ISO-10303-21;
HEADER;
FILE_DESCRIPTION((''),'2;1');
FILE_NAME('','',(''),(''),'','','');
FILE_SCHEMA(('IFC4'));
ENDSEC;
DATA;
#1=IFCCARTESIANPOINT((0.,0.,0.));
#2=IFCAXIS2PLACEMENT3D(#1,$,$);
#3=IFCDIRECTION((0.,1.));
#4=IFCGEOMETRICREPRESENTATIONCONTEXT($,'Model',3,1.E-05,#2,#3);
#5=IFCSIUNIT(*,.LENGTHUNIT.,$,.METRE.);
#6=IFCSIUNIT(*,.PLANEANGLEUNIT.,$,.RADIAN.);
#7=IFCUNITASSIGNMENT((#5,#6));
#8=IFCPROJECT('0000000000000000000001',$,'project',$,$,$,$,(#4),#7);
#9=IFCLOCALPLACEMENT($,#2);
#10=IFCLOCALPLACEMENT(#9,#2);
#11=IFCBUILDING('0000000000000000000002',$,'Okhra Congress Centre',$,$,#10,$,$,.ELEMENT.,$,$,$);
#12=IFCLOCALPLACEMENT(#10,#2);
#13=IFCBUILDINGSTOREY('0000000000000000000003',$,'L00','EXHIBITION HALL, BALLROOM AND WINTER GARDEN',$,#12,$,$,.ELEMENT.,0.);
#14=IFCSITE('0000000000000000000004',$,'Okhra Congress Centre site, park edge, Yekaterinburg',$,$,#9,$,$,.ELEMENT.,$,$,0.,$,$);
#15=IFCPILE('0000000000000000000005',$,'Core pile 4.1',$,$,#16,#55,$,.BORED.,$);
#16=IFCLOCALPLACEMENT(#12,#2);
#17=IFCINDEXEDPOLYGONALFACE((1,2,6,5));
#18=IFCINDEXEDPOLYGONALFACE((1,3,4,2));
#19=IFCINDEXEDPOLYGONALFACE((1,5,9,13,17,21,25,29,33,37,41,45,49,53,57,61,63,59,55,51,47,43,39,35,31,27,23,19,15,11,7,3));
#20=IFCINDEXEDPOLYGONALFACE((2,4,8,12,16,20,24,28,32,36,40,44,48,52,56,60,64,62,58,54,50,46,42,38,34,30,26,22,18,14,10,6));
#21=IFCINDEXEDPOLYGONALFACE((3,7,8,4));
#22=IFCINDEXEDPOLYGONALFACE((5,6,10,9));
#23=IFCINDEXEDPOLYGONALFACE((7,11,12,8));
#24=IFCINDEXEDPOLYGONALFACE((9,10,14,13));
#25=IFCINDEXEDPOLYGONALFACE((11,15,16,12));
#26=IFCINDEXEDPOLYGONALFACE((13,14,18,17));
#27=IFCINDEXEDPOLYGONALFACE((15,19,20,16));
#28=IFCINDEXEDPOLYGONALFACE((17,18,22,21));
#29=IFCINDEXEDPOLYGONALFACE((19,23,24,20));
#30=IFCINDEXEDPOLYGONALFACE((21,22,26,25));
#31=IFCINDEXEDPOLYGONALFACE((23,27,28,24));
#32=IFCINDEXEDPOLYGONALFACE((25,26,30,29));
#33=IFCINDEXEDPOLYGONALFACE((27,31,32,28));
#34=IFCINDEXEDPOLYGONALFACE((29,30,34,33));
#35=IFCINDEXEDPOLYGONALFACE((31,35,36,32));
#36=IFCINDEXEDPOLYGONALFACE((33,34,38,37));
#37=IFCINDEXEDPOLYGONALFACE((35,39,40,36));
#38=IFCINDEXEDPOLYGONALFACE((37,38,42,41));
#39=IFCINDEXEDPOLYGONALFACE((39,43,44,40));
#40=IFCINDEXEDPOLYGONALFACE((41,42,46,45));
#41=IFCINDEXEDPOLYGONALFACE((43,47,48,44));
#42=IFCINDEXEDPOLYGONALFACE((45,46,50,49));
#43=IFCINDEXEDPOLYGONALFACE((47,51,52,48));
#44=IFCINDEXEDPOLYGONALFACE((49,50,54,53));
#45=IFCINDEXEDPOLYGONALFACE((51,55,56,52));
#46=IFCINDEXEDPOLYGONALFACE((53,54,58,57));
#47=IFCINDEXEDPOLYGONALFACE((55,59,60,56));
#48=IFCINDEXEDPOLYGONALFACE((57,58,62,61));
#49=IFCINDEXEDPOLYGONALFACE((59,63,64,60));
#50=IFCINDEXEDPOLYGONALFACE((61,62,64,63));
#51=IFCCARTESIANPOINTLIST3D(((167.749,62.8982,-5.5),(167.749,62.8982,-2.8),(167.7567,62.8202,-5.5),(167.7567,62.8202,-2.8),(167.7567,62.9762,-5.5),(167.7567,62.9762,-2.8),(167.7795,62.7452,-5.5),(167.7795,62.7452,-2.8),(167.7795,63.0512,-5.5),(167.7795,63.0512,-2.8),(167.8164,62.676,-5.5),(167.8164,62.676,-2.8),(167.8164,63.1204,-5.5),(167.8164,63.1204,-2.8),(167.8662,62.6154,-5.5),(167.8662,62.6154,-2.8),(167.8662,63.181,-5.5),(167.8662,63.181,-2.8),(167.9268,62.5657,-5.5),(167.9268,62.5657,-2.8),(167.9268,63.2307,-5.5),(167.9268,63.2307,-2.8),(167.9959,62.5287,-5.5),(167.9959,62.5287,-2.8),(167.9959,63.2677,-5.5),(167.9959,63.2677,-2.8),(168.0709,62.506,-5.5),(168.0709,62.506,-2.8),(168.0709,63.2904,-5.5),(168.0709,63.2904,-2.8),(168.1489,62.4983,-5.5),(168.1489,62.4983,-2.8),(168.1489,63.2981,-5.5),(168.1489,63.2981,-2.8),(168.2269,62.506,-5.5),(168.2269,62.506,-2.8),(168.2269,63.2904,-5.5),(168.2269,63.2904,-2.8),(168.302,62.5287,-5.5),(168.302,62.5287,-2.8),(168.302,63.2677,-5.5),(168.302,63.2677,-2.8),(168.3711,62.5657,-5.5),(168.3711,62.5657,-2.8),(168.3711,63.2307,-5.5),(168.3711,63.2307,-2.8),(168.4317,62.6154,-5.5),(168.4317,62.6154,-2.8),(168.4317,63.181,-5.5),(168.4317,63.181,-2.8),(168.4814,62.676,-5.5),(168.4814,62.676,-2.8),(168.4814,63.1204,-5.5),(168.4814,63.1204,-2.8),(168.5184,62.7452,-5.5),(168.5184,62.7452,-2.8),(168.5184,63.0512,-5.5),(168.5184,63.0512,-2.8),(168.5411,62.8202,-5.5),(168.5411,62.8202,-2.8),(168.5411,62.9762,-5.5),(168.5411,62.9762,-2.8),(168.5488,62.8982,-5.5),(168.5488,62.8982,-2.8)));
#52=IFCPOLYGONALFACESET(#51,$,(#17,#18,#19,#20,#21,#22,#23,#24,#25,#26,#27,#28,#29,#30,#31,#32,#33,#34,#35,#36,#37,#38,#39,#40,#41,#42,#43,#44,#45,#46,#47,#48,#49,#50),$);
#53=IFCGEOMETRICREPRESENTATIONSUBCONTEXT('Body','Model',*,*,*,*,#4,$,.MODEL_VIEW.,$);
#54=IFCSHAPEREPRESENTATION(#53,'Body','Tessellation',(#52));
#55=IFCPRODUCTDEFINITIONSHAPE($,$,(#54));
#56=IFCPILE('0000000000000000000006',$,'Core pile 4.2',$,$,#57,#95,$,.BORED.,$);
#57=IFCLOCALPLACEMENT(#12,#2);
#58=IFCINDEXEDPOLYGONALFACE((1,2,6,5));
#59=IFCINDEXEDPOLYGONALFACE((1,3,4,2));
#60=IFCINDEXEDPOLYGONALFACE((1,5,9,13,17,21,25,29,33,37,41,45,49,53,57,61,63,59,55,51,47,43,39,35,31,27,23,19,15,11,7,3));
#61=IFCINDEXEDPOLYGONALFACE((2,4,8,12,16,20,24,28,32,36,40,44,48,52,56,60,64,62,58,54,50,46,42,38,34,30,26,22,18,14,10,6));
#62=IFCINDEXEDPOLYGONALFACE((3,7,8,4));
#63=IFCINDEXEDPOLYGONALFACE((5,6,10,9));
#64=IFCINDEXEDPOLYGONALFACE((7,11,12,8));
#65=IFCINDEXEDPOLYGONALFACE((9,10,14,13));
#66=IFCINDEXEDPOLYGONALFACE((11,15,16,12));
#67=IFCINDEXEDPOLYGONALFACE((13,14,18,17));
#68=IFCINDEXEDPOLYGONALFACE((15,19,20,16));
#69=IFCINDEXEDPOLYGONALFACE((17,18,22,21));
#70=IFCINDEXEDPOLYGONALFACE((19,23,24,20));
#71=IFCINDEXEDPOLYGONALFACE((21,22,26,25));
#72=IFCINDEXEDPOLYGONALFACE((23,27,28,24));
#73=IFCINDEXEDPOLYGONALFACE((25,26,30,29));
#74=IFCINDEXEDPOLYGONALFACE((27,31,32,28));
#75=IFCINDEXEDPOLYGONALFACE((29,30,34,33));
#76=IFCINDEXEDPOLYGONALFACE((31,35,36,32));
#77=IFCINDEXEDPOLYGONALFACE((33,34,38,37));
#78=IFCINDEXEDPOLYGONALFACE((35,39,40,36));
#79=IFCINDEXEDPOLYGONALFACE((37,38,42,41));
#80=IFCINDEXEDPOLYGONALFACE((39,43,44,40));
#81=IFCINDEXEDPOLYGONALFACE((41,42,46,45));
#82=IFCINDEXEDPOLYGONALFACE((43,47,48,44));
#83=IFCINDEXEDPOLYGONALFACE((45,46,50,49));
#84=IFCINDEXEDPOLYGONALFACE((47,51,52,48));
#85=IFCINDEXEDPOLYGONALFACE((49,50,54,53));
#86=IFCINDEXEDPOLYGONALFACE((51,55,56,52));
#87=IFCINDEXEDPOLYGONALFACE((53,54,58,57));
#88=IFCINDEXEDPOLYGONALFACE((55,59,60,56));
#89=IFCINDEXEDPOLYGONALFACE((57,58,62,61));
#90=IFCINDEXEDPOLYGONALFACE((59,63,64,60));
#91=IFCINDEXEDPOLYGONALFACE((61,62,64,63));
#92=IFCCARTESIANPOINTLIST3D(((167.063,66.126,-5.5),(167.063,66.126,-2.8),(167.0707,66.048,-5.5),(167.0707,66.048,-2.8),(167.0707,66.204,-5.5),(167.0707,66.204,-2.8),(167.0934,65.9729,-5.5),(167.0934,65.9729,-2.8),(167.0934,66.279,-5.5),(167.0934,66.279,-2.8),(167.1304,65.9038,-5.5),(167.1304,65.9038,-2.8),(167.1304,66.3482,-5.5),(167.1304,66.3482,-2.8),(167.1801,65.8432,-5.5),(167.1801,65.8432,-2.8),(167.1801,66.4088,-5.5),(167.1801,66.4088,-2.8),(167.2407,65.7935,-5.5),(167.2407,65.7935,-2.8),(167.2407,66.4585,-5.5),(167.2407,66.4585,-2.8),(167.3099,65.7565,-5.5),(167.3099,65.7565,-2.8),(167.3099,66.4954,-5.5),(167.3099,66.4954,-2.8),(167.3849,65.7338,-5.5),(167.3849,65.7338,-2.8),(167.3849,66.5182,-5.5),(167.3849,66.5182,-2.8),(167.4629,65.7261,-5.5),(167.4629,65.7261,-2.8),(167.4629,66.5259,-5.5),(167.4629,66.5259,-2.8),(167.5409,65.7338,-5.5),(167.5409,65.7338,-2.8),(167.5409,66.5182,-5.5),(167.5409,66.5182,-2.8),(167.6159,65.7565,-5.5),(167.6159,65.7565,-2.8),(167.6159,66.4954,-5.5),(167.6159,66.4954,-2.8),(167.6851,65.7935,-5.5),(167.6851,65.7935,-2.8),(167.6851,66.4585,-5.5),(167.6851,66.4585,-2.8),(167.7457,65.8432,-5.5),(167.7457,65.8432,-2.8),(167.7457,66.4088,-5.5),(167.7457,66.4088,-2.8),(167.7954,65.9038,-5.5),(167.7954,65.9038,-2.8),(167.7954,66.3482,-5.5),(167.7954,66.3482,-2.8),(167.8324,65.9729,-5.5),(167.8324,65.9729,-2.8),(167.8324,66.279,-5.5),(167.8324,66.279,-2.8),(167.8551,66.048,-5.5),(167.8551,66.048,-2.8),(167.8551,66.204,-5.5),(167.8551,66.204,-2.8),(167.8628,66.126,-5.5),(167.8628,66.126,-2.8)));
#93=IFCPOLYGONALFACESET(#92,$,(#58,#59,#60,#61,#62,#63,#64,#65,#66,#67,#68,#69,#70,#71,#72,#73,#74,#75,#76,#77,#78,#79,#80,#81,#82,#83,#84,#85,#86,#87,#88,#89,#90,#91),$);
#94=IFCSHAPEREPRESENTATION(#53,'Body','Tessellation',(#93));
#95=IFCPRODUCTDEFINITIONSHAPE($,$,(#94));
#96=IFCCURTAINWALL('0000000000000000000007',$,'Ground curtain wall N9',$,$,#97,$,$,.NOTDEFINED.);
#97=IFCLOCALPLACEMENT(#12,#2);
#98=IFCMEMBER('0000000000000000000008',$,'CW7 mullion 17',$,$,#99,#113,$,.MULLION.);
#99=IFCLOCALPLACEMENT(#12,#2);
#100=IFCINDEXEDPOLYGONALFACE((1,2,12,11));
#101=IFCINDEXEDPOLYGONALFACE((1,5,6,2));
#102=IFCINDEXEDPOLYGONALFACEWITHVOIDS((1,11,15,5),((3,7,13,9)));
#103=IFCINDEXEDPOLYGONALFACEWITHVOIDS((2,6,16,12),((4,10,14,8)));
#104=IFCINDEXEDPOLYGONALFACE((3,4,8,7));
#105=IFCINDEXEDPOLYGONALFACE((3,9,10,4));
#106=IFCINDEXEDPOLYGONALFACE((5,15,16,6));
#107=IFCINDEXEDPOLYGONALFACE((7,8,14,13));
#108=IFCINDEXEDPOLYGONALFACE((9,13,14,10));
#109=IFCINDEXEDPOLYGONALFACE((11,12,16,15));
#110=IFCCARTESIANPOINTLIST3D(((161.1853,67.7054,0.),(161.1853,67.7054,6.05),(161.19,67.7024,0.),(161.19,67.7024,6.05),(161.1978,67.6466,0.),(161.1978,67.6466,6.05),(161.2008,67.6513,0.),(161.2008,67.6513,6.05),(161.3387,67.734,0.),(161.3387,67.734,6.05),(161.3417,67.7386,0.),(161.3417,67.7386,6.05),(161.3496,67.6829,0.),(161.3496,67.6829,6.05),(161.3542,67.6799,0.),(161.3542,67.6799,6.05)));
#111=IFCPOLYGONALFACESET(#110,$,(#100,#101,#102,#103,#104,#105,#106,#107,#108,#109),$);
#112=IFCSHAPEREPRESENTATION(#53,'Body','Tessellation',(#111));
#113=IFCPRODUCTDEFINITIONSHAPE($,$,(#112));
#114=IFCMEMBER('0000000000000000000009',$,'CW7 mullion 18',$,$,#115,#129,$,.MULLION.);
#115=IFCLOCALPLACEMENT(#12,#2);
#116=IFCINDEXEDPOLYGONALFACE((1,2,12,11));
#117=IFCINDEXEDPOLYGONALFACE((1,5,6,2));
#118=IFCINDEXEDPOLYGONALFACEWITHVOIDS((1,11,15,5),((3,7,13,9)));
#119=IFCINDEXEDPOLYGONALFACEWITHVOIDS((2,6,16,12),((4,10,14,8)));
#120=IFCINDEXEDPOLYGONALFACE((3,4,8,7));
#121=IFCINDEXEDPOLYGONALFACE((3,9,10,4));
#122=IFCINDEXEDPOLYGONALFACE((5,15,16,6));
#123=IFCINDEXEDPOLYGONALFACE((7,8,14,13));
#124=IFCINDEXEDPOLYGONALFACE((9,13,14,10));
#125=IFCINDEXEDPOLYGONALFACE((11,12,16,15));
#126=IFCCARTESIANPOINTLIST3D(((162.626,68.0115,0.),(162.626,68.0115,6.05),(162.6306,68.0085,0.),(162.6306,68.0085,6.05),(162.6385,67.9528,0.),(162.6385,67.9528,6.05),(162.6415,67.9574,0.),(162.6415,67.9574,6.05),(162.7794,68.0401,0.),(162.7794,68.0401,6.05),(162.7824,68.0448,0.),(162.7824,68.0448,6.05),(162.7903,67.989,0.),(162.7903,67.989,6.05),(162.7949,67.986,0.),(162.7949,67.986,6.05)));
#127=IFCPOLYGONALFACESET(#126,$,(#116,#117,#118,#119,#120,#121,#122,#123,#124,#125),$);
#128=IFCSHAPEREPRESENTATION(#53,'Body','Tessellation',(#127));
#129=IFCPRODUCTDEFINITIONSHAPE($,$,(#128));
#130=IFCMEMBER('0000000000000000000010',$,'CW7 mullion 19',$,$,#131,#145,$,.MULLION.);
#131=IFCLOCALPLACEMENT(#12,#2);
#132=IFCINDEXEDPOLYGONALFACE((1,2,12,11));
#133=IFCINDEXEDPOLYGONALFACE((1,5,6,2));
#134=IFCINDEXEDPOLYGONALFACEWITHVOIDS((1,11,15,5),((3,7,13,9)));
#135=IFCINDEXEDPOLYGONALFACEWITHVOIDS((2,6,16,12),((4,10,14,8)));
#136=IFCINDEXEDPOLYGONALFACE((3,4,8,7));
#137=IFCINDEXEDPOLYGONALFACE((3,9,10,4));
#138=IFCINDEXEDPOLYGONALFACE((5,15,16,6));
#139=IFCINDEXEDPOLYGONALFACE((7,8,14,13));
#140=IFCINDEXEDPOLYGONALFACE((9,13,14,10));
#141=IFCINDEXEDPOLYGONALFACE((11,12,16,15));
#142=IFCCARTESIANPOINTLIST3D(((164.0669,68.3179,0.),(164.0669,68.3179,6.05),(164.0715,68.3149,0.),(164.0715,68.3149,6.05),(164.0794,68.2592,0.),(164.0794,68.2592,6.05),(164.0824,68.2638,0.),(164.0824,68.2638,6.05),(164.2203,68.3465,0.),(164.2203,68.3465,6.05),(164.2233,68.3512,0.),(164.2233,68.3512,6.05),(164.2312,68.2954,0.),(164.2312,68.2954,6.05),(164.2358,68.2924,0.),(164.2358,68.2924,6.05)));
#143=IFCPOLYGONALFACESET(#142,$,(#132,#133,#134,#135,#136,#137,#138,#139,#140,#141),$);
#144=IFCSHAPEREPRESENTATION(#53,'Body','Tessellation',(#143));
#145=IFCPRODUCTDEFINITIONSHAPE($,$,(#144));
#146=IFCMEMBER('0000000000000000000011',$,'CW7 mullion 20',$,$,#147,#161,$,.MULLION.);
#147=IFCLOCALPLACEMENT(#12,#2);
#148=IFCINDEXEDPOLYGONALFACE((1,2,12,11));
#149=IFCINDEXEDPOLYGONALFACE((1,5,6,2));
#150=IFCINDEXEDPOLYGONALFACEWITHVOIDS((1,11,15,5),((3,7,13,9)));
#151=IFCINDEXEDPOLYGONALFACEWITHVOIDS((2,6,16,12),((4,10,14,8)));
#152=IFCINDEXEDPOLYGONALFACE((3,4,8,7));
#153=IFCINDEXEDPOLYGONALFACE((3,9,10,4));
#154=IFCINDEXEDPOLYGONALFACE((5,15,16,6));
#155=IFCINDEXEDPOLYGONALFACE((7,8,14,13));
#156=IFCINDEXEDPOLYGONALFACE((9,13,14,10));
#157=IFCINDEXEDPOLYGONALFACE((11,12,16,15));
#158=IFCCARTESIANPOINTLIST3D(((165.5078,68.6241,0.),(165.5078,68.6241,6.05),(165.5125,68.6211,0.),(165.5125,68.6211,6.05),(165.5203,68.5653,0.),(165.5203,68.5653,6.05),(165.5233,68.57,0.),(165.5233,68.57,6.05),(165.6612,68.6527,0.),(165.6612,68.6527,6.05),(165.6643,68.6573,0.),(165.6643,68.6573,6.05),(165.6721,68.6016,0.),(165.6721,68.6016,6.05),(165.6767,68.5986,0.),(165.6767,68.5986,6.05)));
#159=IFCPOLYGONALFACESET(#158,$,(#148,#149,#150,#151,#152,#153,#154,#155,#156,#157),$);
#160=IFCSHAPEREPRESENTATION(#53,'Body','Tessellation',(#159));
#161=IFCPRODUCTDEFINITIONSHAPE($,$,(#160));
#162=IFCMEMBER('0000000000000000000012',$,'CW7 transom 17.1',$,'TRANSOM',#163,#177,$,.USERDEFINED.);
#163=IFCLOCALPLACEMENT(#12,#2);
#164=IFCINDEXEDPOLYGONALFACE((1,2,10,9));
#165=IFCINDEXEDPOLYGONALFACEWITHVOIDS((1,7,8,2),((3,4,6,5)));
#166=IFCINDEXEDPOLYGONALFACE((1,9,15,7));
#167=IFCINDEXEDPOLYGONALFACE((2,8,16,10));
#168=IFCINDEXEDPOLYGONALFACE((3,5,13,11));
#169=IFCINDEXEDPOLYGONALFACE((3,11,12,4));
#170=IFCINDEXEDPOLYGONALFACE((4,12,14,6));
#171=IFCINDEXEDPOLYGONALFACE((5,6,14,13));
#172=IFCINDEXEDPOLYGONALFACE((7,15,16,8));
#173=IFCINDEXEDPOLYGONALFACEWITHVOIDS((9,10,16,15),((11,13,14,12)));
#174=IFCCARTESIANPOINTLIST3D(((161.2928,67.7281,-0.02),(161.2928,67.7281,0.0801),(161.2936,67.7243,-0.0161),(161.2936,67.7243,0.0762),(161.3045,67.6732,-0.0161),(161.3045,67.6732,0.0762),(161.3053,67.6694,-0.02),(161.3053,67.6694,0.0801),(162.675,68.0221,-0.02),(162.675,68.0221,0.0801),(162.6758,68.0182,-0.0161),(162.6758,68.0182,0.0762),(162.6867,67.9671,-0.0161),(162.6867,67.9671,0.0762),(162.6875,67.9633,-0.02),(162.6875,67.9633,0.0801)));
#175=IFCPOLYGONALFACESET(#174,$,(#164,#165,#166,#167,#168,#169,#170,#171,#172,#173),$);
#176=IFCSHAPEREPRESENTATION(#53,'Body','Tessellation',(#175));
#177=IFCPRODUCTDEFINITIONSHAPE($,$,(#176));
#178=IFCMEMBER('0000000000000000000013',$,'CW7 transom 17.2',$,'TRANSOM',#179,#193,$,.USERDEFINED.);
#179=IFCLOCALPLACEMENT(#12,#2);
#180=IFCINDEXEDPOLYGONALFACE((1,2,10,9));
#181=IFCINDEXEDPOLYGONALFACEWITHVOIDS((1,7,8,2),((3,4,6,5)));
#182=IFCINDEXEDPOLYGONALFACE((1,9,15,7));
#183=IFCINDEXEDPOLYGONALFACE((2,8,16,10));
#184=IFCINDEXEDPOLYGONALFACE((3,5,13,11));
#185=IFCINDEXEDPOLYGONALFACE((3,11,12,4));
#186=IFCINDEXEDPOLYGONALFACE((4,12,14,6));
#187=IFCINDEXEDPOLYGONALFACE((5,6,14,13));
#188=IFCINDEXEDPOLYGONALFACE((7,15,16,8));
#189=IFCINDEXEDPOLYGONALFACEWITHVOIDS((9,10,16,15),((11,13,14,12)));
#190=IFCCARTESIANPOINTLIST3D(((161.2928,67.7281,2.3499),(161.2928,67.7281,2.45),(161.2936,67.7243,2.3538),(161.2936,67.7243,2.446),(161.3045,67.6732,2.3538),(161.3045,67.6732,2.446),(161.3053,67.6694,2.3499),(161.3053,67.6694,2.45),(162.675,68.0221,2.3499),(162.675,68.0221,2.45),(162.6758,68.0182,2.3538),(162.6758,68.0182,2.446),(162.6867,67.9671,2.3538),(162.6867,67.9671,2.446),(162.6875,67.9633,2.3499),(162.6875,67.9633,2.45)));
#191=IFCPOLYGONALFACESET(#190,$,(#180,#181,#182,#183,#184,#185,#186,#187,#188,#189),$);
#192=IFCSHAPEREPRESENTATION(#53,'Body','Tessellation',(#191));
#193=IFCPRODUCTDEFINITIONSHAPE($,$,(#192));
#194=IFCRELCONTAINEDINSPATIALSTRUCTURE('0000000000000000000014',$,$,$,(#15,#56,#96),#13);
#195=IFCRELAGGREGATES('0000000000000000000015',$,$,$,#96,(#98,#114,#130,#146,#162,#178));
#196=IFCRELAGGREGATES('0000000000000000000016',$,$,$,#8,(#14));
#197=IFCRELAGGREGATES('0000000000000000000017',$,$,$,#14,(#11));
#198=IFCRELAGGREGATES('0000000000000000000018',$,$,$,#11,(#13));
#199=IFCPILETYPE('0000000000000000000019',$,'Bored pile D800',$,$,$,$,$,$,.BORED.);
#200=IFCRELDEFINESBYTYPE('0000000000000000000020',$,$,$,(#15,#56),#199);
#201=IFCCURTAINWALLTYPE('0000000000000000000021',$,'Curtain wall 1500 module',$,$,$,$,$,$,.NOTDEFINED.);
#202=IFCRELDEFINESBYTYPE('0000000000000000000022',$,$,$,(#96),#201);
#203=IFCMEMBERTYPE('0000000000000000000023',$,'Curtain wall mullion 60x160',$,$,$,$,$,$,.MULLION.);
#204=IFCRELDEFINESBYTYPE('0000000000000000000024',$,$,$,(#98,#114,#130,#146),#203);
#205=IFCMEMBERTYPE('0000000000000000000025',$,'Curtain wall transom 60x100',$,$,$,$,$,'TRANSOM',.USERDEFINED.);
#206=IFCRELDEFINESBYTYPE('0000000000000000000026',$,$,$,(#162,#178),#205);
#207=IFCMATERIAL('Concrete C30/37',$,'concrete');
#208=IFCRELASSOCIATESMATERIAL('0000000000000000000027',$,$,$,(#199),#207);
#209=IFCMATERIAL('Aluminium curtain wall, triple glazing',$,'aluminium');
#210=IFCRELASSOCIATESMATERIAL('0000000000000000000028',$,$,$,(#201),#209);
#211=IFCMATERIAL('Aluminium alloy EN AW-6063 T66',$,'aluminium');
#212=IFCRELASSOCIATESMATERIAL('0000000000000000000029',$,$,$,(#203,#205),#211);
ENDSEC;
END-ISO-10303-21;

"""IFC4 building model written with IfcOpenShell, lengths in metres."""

from ifc_helpers import new_model, si_unit, direction, frame, origin, origin_2d, place, context, subcontext, project, spatial, hollow_rectangle, circle, extrude, material, material_profile, profile_set, type_object, element, aggregate, save


model = new_model("IFC4")

# Units and contexts
model_context = context("Model", 3, precision=1e-05, world=origin(), true_north=direction((0.0, 1.0)))
body_context = subcontext(model_context, "Body", "Model", "MODEL_VIEW")
ifc_project = project(units=[si_unit("LENGTHUNIT", "METRE"), si_unit("PLANEANGLEUNIT", "RADIAN")], contexts=[model_context])

# Site, building, storey
site_placement = place(None, origin())
site = spatial("IfcSite", under=ifc_project, at=site_placement, Name="Okhra Congress Centre site, park edge, Yekaterinburg", CompositionType="ELEMENT", RefElevation=0.0)
building_placement = place(site_placement, origin())
building = spatial("IfcBuilding", under=site, at=building_placement, Name="Okhra Congress Centre", CompositionType="ELEMENT")
storey_placement = place(building_placement, origin())
storey = spatial("IfcBuildingStorey", under=building, at=storey_placement, Name="L00", Description="EXHIBITION HALL, BALLROOM AND WINTER GARDEN", CompositionType="ELEMENT", Elevation=0.0)

# Piles
ifc_material_1 = material(Name="Concrete C30/37", Category="concrete")
ifc_material_profile_1 = material_profile(ifc_material_1, circle(Radius=0.3999, at=origin_2d()), Name="D800")
ifc_profile_set_1 = profile_set([ifc_material_profile_1], Name="Concrete C30/37")
pile_type = type_object("IfcPileType", Name="Bored pile D800", PredefinedType="BORED", material=ifc_profile_set_1)
for number, where, z_axis, x_axis, name in (
    (1, (168.1489, 62.8982, -2.8), (0.0, 0.0, -1.0), (1.0, 0.0, 0.0), "Core pile 4.1"),
    (2, (167.4629, 66.126, -2.8), (0.0, 0.0, -1.0), (1.0, 0.0, 0.0), "Core pile 4.2"),
):
    element("IfcPile", number, at=place(storey_placement, frame(where, z_axis=z_axis, x_axis=x_axis)), inside=storey, type_object=pile_type, Name=name, PredefinedType="BORED", context=body_context, shape_type="SweptSolid", body=[
        extrude(circle(Radius=0.3999, at=origin_2d()), origin(), (0.0, 0.0, 1.0), 2.7),
    ])

# Curtain wall, members
ifc_material_2 = material(Name="Aluminium curtain wall, triple glazing", Category="aluminium")
curtain_wall_type = type_object("IfcCurtainWallType", Name="Curtain wall 1500 module", PredefinedType="NOTDEFINED", material=ifc_material_2)
curtain_wall_placement = place(storey_placement, origin())
curtain_wall = element("IfcCurtainWall", 3, at=curtain_wall_placement, inside=storey, type_object=curtain_wall_type, Name="Ground curtain wall N9", PredefinedType="NOTDEFINED")
ifc_material_3 = material(Name="Aluminium alloy EN AW-6063 T66", Category="aluminium")
ifc_material_profile_2 = material_profile(ifc_material_3, hollow_rectangle(XDim=0.0601, YDim=0.1599, WallThickness=0.0039, at=origin_2d()), Name="RHS 60x160x4")
ifc_profile_set_2 = profile_set([ifc_material_profile_2], Name="Aluminium alloy EN AW-6063 T66")
member_type_1 = type_object("IfcMemberType", Name="Curtain wall mullion 60x160", PredefinedType="MULLION", material=ifc_profile_set_2)
member_1_placement = place(storey_placement, frame((161.2698, 67.6926, 0.0), z_axis=(0.0, 0.0, 1.0), x_axis=(-0.207912, 0.978148, 0.0)))
member_1 = element("IfcMember", 4, at=member_1_placement, type_object=member_type_1, Name="CW7 mullion 17", PredefinedType="MULLION", context=body_context, shape_type="SweptSolid", body=[
    extrude(hollow_rectangle(XDim=0.0601, YDim=0.1599, WallThickness=0.0039, at=origin_2d()), origin(), (0.0, 0.0, 1.0), 6.05),
])
member_2_placement = place(storey_placement, frame((162.7104, 67.9988, 0.0), z_axis=(0.0, 0.0, 1.0), x_axis=(-0.207912, 0.978148, 0.0)))
member_2 = element("IfcMember", 5, at=member_2_placement, type_object=member_type_1, Name="CW7 mullion 18", PredefinedType="MULLION", context=body_context, shape_type="SweptSolid", body=[
    extrude(hollow_rectangle(XDim=0.0601, YDim=0.1599, WallThickness=0.0039, at=origin_2d()), origin(), (0.0, 0.0, 1.0), 6.05),
])
member_3_placement = place(storey_placement, frame((164.1514, 68.3052, 0.0), z_axis=(0.0, 0.0, 1.0), x_axis=(-0.207912, 0.978148, 0.0)))
member_3 = element("IfcMember", 6, at=member_3_placement, type_object=member_type_1, Name="CW7 mullion 19", PredefinedType="MULLION", context=body_context, shape_type="SweptSolid", body=[
    extrude(hollow_rectangle(XDim=0.0601, YDim=0.1599, WallThickness=0.0039, at=origin_2d()), origin(), (0.0, 0.0, 1.0), 6.05),
])
member_4_placement = place(storey_placement, frame((165.5923, 68.6113, 0.0), z_axis=(0.0, 0.0, 1.0), x_axis=(-0.207912, 0.978148, 0.0)))
member_4 = element("IfcMember", 7, at=member_4_placement, type_object=member_type_1, Name="CW7 mullion 20", PredefinedType="MULLION", context=body_context, shape_type="SweptSolid", body=[
    extrude(hollow_rectangle(XDim=0.0601, YDim=0.1599, WallThickness=0.0039, at=origin_2d()), origin(), (0.0, 0.0, 1.0), 6.05),
])
ifc_material_profile_3 = material_profile(ifc_material_3, hollow_rectangle(XDim=0.0601, YDim=0.1001, WallThickness=0.0039, at=origin_2d()), Name="RHS 60x100x4")
ifc_profile_set_3 = profile_set([ifc_material_profile_3], Name="Aluminium alloy EN AW-6063 T66")
member_type_2 = type_object("IfcMemberType", Name="Curtain wall transom 60x100", ElementType="TRANSOM", PredefinedType="USERDEFINED", material=ifc_profile_set_3)
member_5_placement = place(storey_placement, frame((161.2991, 67.6987, 0.03), z_axis=(0.978122, 0.20803, 0.0), x_axis=(-0.20803, 0.978122, 0.0)))
member_5 = element("IfcMember", 8, at=member_5_placement, type_object=member_type_2, Name="CW7 transom 17.1", ObjectType="TRANSOM", PredefinedType="USERDEFINED", context=body_context, shape_type="SweptSolid", body=[
    extrude(hollow_rectangle(XDim=0.0601, YDim=0.1001, WallThickness=0.0039, at=origin_2d()), origin(), (0.0, 0.0, 1.0), 1.4131),
])
member_6_placement = place(storey_placement, frame((161.2991, 67.6987, 2.3999), z_axis=(0.978122, 0.20803, 0.0), x_axis=(-0.20803, 0.978122, 0.0)))
member_6 = element("IfcMember", 9, at=member_6_placement, type_object=member_type_2, Name="CW7 transom 17.2", ObjectType="TRANSOM", PredefinedType="USERDEFINED", context=body_context, shape_type="SweptSolid", body=[
    extrude(hollow_rectangle(XDim=0.0601, YDim=0.1001, WallThickness=0.0039, at=origin_2d()), origin(), (0.0, 0.0, 1.0), 1.4131),
])
aggregate(curtain_wall, [member_1, member_2, member_3, member_4, member_5, member_6])

save(model, "model.ifc")
